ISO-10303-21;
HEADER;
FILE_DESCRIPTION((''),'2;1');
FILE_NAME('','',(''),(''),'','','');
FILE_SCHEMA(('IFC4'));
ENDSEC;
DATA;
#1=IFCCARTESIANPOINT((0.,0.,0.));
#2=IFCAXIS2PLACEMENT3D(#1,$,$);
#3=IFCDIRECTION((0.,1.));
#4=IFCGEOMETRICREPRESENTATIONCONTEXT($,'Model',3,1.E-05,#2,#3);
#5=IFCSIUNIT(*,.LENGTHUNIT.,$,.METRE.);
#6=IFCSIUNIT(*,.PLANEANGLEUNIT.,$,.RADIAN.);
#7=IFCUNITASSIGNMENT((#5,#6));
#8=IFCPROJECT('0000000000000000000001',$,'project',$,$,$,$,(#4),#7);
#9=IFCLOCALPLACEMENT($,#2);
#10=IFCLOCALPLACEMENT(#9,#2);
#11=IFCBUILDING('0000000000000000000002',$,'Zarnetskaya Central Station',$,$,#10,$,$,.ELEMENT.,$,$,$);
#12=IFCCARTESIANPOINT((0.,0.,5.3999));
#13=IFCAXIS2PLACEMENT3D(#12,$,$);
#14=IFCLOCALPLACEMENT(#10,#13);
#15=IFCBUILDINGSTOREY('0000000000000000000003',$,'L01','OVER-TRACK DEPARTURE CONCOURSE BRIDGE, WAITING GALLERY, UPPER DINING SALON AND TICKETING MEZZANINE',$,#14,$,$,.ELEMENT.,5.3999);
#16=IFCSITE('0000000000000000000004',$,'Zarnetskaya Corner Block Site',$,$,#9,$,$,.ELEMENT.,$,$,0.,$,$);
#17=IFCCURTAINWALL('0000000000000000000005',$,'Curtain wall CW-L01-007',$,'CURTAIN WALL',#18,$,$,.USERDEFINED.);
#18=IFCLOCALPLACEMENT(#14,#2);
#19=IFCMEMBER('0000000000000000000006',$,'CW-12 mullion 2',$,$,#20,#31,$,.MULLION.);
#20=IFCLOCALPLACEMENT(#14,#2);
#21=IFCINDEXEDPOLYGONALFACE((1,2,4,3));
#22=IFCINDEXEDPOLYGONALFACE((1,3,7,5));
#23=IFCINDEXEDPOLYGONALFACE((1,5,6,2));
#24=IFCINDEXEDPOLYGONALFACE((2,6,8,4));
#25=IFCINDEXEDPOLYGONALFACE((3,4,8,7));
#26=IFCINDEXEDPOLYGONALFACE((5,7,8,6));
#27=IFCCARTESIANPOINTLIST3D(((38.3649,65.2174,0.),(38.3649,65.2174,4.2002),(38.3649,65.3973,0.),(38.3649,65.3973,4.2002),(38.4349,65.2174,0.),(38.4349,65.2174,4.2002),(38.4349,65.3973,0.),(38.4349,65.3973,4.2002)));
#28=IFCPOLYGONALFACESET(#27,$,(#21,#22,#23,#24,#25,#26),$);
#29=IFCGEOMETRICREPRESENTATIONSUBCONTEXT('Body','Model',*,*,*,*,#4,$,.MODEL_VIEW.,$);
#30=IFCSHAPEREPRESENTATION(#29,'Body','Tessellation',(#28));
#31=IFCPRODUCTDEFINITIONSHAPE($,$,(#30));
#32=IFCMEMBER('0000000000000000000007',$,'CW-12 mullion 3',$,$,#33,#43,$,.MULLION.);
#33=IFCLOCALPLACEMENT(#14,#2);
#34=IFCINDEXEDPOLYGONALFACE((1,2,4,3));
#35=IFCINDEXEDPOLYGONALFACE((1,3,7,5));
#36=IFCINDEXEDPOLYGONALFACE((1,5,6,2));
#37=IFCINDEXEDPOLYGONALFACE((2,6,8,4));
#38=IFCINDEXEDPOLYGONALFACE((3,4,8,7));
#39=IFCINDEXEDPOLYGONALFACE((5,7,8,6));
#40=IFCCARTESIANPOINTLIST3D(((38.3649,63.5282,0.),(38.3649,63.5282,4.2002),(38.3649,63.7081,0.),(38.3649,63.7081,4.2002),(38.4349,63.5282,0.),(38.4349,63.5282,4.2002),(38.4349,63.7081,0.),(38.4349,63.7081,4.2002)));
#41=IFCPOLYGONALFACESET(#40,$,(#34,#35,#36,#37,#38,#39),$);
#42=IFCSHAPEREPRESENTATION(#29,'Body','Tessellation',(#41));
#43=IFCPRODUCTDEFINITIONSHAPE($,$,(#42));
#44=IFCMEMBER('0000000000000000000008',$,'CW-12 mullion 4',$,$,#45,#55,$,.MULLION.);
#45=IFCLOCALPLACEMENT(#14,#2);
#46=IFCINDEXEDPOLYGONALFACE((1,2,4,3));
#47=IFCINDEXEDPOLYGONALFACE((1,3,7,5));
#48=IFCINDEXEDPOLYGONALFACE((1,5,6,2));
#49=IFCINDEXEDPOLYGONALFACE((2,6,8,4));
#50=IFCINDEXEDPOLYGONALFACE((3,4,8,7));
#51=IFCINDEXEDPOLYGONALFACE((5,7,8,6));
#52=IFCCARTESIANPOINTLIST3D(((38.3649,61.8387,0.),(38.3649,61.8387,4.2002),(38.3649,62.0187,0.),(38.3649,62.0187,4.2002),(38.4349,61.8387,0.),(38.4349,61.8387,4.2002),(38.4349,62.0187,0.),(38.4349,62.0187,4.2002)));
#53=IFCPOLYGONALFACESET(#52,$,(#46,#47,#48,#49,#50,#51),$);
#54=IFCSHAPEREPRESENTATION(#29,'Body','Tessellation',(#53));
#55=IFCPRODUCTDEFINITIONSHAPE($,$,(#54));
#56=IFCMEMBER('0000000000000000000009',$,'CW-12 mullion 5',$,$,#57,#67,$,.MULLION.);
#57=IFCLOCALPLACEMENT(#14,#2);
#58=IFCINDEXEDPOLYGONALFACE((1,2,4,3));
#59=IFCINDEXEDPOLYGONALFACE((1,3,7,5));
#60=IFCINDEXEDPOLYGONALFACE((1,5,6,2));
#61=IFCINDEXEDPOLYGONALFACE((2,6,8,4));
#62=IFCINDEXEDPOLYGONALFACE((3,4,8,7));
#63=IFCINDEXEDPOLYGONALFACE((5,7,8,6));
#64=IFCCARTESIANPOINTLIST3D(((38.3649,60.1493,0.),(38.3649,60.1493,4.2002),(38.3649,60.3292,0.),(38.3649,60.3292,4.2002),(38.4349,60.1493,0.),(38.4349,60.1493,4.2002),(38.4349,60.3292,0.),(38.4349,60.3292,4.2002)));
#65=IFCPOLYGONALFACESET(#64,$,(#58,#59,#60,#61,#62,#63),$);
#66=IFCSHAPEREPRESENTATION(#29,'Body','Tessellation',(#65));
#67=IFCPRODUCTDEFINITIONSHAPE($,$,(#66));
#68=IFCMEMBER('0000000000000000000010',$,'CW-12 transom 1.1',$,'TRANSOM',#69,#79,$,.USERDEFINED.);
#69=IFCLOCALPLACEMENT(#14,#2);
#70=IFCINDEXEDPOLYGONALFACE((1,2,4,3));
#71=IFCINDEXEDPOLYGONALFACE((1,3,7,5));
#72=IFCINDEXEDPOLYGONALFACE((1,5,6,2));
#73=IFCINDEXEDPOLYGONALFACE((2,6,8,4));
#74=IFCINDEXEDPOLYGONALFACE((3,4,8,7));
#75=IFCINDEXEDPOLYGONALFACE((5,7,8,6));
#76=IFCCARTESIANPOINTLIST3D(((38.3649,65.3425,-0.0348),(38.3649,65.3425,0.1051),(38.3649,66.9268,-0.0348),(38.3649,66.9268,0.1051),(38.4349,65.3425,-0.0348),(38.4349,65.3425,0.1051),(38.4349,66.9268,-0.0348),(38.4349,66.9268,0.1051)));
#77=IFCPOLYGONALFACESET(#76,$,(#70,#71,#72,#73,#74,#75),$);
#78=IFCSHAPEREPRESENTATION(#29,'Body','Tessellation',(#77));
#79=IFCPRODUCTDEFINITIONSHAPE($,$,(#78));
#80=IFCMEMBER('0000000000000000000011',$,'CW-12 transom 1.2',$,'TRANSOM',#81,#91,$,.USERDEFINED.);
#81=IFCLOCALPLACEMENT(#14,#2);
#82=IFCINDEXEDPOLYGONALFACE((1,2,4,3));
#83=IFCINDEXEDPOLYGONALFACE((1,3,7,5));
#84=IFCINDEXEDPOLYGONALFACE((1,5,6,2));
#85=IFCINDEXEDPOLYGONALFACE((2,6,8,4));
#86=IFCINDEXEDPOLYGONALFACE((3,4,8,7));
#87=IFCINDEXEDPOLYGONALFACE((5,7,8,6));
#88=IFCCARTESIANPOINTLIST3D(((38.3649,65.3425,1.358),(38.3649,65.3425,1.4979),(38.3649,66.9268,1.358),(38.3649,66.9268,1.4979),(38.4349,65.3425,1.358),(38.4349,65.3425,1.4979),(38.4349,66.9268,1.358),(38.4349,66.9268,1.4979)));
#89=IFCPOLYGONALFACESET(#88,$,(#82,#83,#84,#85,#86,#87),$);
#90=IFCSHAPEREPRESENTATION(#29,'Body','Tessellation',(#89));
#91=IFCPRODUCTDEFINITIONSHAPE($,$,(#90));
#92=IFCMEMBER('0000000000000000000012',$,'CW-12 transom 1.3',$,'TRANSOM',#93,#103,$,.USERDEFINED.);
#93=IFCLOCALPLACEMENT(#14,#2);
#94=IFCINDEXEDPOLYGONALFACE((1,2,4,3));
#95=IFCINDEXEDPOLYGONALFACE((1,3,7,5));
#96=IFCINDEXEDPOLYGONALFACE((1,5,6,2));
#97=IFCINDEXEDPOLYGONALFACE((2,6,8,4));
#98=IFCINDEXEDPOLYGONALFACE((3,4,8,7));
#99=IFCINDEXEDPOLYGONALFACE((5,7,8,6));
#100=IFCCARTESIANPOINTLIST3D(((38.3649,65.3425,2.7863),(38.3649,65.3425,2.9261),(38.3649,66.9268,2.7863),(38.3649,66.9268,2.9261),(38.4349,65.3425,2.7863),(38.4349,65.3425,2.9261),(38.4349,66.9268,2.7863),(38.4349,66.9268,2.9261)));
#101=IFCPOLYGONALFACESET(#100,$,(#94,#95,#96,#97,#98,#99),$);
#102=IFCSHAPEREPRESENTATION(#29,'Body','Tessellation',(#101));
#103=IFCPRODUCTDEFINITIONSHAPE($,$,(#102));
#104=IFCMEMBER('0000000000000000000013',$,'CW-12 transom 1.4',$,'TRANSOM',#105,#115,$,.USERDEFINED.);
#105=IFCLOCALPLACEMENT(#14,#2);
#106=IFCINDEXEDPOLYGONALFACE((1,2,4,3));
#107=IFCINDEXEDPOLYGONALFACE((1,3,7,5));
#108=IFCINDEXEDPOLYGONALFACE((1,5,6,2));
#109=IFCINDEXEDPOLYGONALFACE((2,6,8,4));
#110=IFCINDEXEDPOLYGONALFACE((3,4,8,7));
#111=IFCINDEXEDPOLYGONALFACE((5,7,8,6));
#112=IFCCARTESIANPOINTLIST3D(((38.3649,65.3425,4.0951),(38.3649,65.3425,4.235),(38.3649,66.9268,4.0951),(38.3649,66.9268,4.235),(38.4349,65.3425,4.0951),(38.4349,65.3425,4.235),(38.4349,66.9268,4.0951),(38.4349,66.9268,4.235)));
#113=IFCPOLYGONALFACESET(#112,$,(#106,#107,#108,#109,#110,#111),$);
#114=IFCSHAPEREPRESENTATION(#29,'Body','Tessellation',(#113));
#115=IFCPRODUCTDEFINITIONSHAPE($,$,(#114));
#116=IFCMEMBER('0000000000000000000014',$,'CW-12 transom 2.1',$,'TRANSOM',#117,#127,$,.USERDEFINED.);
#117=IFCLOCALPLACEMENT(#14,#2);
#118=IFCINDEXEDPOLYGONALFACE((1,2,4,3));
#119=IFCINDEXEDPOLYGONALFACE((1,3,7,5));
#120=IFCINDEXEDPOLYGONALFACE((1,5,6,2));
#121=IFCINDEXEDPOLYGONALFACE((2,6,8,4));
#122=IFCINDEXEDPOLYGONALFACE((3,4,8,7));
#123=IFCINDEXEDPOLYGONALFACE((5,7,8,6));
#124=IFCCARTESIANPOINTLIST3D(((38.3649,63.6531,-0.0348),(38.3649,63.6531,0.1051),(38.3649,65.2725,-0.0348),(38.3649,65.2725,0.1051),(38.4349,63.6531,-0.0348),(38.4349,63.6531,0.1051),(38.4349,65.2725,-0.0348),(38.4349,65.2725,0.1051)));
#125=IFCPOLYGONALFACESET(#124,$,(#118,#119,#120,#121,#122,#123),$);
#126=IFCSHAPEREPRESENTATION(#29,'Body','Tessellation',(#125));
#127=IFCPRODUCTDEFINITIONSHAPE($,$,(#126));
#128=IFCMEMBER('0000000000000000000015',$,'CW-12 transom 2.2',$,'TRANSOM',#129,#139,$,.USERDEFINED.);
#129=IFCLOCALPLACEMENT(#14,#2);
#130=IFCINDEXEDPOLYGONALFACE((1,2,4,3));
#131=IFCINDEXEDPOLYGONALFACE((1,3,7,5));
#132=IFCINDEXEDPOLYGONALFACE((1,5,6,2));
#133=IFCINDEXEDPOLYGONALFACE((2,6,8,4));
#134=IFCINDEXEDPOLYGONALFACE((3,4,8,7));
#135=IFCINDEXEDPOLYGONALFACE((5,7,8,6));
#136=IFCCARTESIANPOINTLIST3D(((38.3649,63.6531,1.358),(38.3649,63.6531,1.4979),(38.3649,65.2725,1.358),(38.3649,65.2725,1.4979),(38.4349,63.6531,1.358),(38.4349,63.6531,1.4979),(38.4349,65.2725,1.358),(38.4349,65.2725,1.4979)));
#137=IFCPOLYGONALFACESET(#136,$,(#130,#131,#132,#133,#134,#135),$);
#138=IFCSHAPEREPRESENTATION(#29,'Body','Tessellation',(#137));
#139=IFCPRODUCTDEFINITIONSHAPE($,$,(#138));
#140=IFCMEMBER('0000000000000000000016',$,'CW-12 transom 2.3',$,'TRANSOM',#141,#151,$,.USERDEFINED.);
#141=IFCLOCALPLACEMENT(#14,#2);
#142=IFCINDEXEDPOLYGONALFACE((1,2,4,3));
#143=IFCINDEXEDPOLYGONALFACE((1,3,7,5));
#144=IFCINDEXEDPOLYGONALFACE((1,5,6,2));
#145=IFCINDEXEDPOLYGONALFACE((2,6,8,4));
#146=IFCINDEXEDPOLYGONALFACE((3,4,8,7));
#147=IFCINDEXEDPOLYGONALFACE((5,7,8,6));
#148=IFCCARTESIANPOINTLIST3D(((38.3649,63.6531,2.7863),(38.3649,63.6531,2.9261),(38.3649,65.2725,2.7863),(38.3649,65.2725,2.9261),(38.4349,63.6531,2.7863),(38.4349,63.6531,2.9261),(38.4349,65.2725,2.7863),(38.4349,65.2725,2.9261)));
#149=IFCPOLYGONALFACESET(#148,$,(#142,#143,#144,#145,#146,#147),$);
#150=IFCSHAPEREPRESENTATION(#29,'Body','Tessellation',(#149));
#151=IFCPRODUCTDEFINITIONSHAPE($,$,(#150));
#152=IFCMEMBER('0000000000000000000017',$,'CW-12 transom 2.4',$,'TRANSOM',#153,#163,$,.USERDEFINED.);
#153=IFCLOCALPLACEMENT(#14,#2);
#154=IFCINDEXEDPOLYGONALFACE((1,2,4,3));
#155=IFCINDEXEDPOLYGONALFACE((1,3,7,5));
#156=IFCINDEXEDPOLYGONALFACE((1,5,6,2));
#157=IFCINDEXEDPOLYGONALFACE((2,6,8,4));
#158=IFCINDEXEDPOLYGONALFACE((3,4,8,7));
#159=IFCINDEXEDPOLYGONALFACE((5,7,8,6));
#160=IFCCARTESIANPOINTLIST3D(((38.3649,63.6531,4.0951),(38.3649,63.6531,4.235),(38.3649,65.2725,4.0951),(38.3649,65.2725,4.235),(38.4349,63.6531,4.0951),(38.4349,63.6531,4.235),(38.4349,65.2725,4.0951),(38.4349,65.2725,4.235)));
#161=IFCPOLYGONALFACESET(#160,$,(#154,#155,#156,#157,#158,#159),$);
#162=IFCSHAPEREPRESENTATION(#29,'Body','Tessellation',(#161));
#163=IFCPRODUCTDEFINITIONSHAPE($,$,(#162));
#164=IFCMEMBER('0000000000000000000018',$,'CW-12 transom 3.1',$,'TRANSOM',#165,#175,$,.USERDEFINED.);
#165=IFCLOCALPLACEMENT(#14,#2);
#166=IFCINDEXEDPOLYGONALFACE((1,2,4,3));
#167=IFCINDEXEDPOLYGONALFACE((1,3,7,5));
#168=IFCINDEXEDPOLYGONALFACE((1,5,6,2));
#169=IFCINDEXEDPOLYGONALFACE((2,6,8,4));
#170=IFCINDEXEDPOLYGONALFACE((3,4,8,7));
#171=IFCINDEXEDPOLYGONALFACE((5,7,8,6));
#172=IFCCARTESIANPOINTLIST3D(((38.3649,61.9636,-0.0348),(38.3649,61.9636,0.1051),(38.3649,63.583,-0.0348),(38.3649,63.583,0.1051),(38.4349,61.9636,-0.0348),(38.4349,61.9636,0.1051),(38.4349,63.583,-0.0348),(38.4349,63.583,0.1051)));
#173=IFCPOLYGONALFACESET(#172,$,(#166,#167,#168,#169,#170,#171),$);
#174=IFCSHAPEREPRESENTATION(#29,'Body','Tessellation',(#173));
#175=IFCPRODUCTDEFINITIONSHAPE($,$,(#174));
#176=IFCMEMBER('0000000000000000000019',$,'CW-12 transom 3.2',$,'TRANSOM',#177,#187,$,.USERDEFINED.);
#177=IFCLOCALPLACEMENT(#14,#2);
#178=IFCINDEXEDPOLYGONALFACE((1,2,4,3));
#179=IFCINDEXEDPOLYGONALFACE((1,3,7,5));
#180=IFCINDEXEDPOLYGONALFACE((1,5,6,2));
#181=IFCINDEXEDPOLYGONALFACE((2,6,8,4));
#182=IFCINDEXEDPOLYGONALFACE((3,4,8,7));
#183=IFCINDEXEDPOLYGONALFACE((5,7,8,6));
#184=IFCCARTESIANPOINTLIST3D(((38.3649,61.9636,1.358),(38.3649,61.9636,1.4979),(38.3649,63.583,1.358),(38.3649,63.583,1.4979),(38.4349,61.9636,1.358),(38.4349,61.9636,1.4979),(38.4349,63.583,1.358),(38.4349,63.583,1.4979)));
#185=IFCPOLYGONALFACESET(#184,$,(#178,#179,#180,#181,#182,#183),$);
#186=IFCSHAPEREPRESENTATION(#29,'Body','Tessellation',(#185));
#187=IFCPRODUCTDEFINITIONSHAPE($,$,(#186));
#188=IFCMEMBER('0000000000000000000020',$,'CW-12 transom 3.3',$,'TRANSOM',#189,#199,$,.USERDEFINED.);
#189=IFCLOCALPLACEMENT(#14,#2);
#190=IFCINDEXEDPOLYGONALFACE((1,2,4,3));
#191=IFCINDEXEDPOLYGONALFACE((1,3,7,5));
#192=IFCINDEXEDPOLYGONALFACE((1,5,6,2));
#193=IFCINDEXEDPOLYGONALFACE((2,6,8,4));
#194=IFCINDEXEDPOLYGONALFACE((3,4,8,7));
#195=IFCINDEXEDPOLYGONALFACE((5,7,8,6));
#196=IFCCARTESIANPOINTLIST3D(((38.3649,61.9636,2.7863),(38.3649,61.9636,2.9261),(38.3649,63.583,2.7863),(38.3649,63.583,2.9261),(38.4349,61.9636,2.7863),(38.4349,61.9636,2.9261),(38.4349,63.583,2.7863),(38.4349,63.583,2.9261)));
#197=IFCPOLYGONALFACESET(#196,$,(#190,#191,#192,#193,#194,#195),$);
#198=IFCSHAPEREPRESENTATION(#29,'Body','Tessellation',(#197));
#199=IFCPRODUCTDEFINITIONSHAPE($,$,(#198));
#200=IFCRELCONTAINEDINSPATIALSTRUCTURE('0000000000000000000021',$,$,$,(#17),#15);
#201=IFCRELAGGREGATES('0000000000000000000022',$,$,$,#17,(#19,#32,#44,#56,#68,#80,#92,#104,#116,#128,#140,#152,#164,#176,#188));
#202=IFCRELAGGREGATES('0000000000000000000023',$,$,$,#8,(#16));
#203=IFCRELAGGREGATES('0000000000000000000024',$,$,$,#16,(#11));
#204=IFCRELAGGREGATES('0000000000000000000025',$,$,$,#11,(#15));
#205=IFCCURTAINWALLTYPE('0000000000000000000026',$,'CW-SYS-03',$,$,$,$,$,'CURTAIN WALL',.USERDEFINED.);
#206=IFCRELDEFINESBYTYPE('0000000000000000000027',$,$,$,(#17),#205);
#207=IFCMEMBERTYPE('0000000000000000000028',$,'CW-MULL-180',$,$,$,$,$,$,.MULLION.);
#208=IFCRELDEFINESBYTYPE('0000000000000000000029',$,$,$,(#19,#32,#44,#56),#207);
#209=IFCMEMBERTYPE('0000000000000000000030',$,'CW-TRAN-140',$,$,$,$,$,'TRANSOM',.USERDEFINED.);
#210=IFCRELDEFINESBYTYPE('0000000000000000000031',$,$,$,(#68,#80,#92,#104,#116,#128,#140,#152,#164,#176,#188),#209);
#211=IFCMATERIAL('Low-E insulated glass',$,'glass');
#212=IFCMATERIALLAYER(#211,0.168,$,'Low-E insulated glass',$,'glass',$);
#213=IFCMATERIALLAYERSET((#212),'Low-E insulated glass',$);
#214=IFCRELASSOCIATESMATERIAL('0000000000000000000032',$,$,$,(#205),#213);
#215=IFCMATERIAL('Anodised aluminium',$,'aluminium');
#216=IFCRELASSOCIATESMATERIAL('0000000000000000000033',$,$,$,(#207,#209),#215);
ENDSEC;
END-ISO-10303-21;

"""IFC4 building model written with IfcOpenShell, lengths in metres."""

from ifc_helpers import new_model, si_unit, direction, frame, origin, origin_2d, place, context, subcontext, project, spatial, rectangle, extrude, material, layer, layer_set, material_profile, profile_set, type_object, element, aggregate, save


model = new_model("IFC4")

# Units and contexts
model_context = context("Model", 3, precision=1e-05, world=origin(), true_north=direction((0.0, 1.0)))
body_context = subcontext(model_context, "Body", "Model", "MODEL_VIEW")
ifc_project = project(units=[si_unit("LENGTHUNIT", "METRE"), si_unit("PLANEANGLEUNIT", "RADIAN")], contexts=[model_context])

# Site, building, storey
site_placement = place(None, origin())
site = spatial("IfcSite", under=ifc_project, at=site_placement, Name="Zarnetskaya Corner Block Site", CompositionType="ELEMENT", RefElevation=0.0)
building_placement = place(site_placement, origin())
building = spatial("IfcBuilding", under=site, at=building_placement, Name="Zarnetskaya Central Station", CompositionType="ELEMENT")
storey_placement = place(building_placement, frame((0.0, 0.0, 5.3999)))
storey = spatial("IfcBuildingStorey", under=building, at=storey_placement, Name="L01", Description="OVER-TRACK DEPARTURE CONCOURSE BRIDGE, WAITING GALLERY, UPPER DINING SALON AND TICKETING MEZZANINE", CompositionType="ELEMENT", Elevation=5.3999)

# Curtain wall, members
ifc_material_1 = material(Name="Low-E insulated glass", Category="glass")
ifc_layer_1 = layer(ifc_material_1, 0.168, Name="Low-E insulated glass", Category="glass")
ifc_layer_set_1 = layer_set([ifc_layer_1], Name="Low-E insulated glass")
curtain_wall_type = type_object("IfcCurtainWallType", Name="CW-SYS-03", ElementType="CURTAIN WALL", PredefinedType="USERDEFINED", material=ifc_layer_set_1)
curtain_wall_placement = place(storey_placement, origin())
curtain_wall = element("IfcCurtainWall", 1, at=curtain_wall_placement, inside=storey, type_object=curtain_wall_type, Name="Curtain wall CW-L01-007", ObjectType="CURTAIN WALL", PredefinedType="USERDEFINED")
ifc_material_2 = material(Name="Anodised aluminium", Category="aluminium")
ifc_material_profile_1 = material_profile(ifc_material_2, rectangle(XDim=0.0701, YDim=0.1799, at=origin_2d()), Name="ALU MULL 70x180")
ifc_profile_set_1 = profile_set([ifc_material_profile_1], Name="Anodised aluminium")
member_type_1 = type_object("IfcMemberType", Name="CW-MULL-180", PredefinedType="MULLION", material=ifc_profile_set_1)
member_1_placement = place(storey_placement, frame((38.3999, 65.3074, 0.0), z_axis=(0.0, 0.0, 1.0), x_axis=(1.0, 0.0, 0.0)))
member_1 = element("IfcMember", 2, at=member_1_placement, type_object=member_type_1, Name="CW-12 mullion 2", PredefinedType="MULLION", context=body_context, shape_type="SweptSolid", body=[
    extrude(rectangle(XDim=0.0701, YDim=0.1799, at=origin_2d()), origin(), (0.0, 0.0, 1.0), 4.2002),
])
member_2_placement = place(storey_placement, frame((38.3999, 63.6182, 0.0), z_axis=(0.0, 0.0, 1.0), x_axis=(1.0, 0.0, 0.0)))
member_2 = element("IfcMember", 3, at=member_2_placement, type_object=member_type_1, Name="CW-12 mullion 3", PredefinedType="MULLION", context=body_context, shape_type="SweptSolid", body=[
    extrude(rectangle(XDim=0.0701, YDim=0.1799, at=origin_2d()), origin(), (0.0, 0.0, 1.0), 4.2002),
])
member_3_placement = place(storey_placement, frame((38.3999, 61.9287, 0.0), z_axis=(0.0, 0.0, 1.0), x_axis=(1.0, 0.0, 0.0)))
member_3 = element("IfcMember", 4, at=member_3_placement, type_object=member_type_1, Name="CW-12 mullion 4", PredefinedType="MULLION", context=body_context, shape_type="SweptSolid", body=[
    extrude(rectangle(XDim=0.0701, YDim=0.1799, at=origin_2d()), origin(), (0.0, 0.0, 1.0), 4.2002),
])
member_4_placement = place(storey_placement, frame((38.3999, 60.2393, 0.0), z_axis=(0.0, 0.0, 1.0), x_axis=(1.0, 0.0, 0.0)))
member_4 = element("IfcMember", 5, at=member_4_placement, type_object=member_type_1, Name="CW-12 mullion 5", PredefinedType="MULLION", context=body_context, shape_type="SweptSolid", body=[
    extrude(rectangle(XDim=0.0701, YDim=0.1799, at=origin_2d()), origin(), (0.0, 0.0, 1.0), 4.2002),
])
ifc_material_profile_2 = material_profile(ifc_material_2, rectangle(XDim=0.0701, YDim=0.1399, at=origin_2d()), Name="ALU TRAN 70x140")
ifc_profile_set_2 = profile_set([ifc_material_profile_2], Name="Anodised aluminium")
member_type_2 = type_object("IfcMemberType", Name="CW-TRAN-140", ElementType="TRANSOM", PredefinedType="USERDEFINED", material=ifc_profile_set_2)
member_5_placement = place(storey_placement, frame((38.3999, 66.9268, 0.0352), z_axis=(0.0, -1.0, 0.0), x_axis=(1.0, 0.0, 0.0)))
member_5 = element("IfcMember", 6, at=member_5_placement, type_object=member_type_2, Name="CW-12 transom 1.1", ObjectType="TRANSOM", PredefinedType="USERDEFINED", context=body_context, shape_type="SweptSolid", body=[
    extrude(rectangle(XDim=0.0701, YDim=0.1399, at=origin_2d()), origin(), (0.0, 0.0, 1.0), 1.5842),
])
member_6_placement = place(storey_placement, frame((38.3999, 66.9268, 1.428), z_axis=(0.0, -1.0, 0.0), x_axis=(1.0, 0.0, 0.0)))
member_6 = element("IfcMember", 7, at=member_6_placement, type_object=member_type_2, Name="CW-12 transom 1.2", ObjectType="TRANSOM", PredefinedType="USERDEFINED", context=body_context, shape_type="SweptSolid", body=[
    extrude(rectangle(XDim=0.0701, YDim=0.1399, at=origin_2d()), origin(), (0.0, 0.0, 1.0), 1.5842),
])
member_7_placement = place(storey_placement, frame((38.3999, 66.9268, 2.8562), z_axis=(0.0, -1.0, 0.0), x_axis=(1.0, 0.0, 0.0)))
member_7 = element("IfcMember", 8, at=member_7_placement, type_object=member_type_2, Name="CW-12 transom 1.3", ObjectType="TRANSOM", PredefinedType="USERDEFINED", context=body_context, shape_type="SweptSolid", body=[
    extrude(rectangle(XDim=0.0701, YDim=0.1399, at=origin_2d()), origin(), (0.0, 0.0, 1.0), 1.5842),
])
member_8_placement = place(storey_placement, frame((38.3999, 66.9268, 4.165), z_axis=(0.0, -1.0, 0.0), x_axis=(1.0, 0.0, 0.0)))
member_8 = element("IfcMember", 9, at=member_8_placement, type_object=member_type_2, Name="CW-12 transom 1.4", ObjectType="TRANSOM", PredefinedType="USERDEFINED", context=body_context, shape_type="SweptSolid", body=[
    extrude(rectangle(XDim=0.0701, YDim=0.1399, at=origin_2d()), origin(), (0.0, 0.0, 1.0), 1.5842),
])
member_9_placement = place(storey_placement, frame((38.3999, 65.2725, 0.0352), z_axis=(0.0, -1.0, 0.0), x_axis=(1.0, 0.0, 0.0)))
member_9 = element("IfcMember", 10, at=member_9_placement, type_object=member_type_2, Name="CW-12 transom 2.1", ObjectType="TRANSOM", PredefinedType="USERDEFINED", context=body_context, shape_type="SweptSolid", body=[
    extrude(rectangle(XDim=0.0701, YDim=0.1399, at=origin_2d()), origin(), (0.0, 0.0, 1.0), 1.6194),
])
member_10_placement = place(storey_placement, frame((38.3999, 65.2725, 1.428), z_axis=(0.0, -1.0, 0.0), x_axis=(1.0, 0.0, 0.0)))
member_10 = element("IfcMember", 11, at=member_10_placement, type_object=member_type_2, Name="CW-12 transom 2.2", ObjectType="TRANSOM", PredefinedType="USERDEFINED", context=body_context, shape_type="SweptSolid", body=[
    extrude(rectangle(XDim=0.0701, YDim=0.1399, at=origin_2d()), origin(), (0.0, 0.0, 1.0), 1.6194),
])
member_11_placement = place(storey_placement, frame((38.3999, 65.2725, 2.8562), z_axis=(0.0, -1.0, 0.0), x_axis=(1.0, 0.0, 0.0)))
member_11 = element("IfcMember", 12, at=member_11_placement, type_object=member_type_2, Name="CW-12 transom 2.3", ObjectType="TRANSOM", PredefinedType="USERDEFINED", context=body_context, shape_type="SweptSolid", body=[
    extrude(rectangle(XDim=0.0701, YDim=0.1399, at=origin_2d()), origin(), (0.0, 0.0, 1.0), 1.6194),
])
member_12_placement = place(storey_placement, frame((38.3999, 65.2725, 4.165), z_axis=(0.0, -1.0, 0.0), x_axis=(1.0, 0.0, 0.0)))
member_12 = element("IfcMember", 13, at=member_12_placement, type_object=member_type_2, Name="CW-12 transom 2.4", ObjectType="TRANSOM", PredefinedType="USERDEFINED", context=body_context, shape_type="SweptSolid", body=[
    extrude(rectangle(XDim=0.0701, YDim=0.1399, at=origin_2d()), origin(), (0.0, 0.0, 1.0), 1.6194),
])
member_13_placement = place(storey_placement, frame((38.3999, 63.583, 0.0352), z_axis=(0.0, -1.0, 0.0), x_axis=(1.0, 0.0, 0.0)))
member_13 = element("IfcMember", 14, at=member_13_placement, type_object=member_type_2, Name="CW-12 transom 3.1", ObjectType="TRANSOM", PredefinedType="USERDEFINED", context=body_context, shape_type="SweptSolid", body=[
    extrude(rectangle(XDim=0.0701, YDim=0.1399, at=origin_2d()), origin(), (0.0, 0.0, 1.0), 1.6194),
])
member_14_placement = place(storey_placement, frame((38.3999, 63.583, 1.428), z_axis=(0.0, -1.0, 0.0), x_axis=(1.0, 0.0, 0.0)))
member_14 = element("IfcMember", 15, at=member_14_placement, type_object=member_type_2, Name="CW-12 transom 3.2", ObjectType="TRANSOM", PredefinedType="USERDEFINED", context=body_context, shape_type="SweptSolid", body=[
    extrude(rectangle(XDim=0.0701, YDim=0.1399, at=origin_2d()), origin(), (0.0, 0.0, 1.0), 1.6194),
])
member_15_placement = place(storey_placement, frame((38.3999, 63.583, 2.8562), z_axis=(0.0, -1.0, 0.0), x_axis=(1.0, 0.0, 0.0)))
member_15 = element("IfcMember", 16, at=member_15_placement, type_object=member_type_2, Name="CW-12 transom 3.3", ObjectType="TRANSOM", PredefinedType="USERDEFINED", context=body_context, shape_type="SweptSolid", body=[
    extrude(rectangle(XDim=0.0701, YDim=0.1399, at=origin_2d()), origin(), (0.0, 0.0, 1.0), 1.6194),
])
aggregate(curtain_wall, [member_1, member_2, member_3, member_4, member_5, member_6, member_7, member_8, member_9, member_10, member_11, member_12, member_13, member_14, member_15])

save(model, "model.ifc")
